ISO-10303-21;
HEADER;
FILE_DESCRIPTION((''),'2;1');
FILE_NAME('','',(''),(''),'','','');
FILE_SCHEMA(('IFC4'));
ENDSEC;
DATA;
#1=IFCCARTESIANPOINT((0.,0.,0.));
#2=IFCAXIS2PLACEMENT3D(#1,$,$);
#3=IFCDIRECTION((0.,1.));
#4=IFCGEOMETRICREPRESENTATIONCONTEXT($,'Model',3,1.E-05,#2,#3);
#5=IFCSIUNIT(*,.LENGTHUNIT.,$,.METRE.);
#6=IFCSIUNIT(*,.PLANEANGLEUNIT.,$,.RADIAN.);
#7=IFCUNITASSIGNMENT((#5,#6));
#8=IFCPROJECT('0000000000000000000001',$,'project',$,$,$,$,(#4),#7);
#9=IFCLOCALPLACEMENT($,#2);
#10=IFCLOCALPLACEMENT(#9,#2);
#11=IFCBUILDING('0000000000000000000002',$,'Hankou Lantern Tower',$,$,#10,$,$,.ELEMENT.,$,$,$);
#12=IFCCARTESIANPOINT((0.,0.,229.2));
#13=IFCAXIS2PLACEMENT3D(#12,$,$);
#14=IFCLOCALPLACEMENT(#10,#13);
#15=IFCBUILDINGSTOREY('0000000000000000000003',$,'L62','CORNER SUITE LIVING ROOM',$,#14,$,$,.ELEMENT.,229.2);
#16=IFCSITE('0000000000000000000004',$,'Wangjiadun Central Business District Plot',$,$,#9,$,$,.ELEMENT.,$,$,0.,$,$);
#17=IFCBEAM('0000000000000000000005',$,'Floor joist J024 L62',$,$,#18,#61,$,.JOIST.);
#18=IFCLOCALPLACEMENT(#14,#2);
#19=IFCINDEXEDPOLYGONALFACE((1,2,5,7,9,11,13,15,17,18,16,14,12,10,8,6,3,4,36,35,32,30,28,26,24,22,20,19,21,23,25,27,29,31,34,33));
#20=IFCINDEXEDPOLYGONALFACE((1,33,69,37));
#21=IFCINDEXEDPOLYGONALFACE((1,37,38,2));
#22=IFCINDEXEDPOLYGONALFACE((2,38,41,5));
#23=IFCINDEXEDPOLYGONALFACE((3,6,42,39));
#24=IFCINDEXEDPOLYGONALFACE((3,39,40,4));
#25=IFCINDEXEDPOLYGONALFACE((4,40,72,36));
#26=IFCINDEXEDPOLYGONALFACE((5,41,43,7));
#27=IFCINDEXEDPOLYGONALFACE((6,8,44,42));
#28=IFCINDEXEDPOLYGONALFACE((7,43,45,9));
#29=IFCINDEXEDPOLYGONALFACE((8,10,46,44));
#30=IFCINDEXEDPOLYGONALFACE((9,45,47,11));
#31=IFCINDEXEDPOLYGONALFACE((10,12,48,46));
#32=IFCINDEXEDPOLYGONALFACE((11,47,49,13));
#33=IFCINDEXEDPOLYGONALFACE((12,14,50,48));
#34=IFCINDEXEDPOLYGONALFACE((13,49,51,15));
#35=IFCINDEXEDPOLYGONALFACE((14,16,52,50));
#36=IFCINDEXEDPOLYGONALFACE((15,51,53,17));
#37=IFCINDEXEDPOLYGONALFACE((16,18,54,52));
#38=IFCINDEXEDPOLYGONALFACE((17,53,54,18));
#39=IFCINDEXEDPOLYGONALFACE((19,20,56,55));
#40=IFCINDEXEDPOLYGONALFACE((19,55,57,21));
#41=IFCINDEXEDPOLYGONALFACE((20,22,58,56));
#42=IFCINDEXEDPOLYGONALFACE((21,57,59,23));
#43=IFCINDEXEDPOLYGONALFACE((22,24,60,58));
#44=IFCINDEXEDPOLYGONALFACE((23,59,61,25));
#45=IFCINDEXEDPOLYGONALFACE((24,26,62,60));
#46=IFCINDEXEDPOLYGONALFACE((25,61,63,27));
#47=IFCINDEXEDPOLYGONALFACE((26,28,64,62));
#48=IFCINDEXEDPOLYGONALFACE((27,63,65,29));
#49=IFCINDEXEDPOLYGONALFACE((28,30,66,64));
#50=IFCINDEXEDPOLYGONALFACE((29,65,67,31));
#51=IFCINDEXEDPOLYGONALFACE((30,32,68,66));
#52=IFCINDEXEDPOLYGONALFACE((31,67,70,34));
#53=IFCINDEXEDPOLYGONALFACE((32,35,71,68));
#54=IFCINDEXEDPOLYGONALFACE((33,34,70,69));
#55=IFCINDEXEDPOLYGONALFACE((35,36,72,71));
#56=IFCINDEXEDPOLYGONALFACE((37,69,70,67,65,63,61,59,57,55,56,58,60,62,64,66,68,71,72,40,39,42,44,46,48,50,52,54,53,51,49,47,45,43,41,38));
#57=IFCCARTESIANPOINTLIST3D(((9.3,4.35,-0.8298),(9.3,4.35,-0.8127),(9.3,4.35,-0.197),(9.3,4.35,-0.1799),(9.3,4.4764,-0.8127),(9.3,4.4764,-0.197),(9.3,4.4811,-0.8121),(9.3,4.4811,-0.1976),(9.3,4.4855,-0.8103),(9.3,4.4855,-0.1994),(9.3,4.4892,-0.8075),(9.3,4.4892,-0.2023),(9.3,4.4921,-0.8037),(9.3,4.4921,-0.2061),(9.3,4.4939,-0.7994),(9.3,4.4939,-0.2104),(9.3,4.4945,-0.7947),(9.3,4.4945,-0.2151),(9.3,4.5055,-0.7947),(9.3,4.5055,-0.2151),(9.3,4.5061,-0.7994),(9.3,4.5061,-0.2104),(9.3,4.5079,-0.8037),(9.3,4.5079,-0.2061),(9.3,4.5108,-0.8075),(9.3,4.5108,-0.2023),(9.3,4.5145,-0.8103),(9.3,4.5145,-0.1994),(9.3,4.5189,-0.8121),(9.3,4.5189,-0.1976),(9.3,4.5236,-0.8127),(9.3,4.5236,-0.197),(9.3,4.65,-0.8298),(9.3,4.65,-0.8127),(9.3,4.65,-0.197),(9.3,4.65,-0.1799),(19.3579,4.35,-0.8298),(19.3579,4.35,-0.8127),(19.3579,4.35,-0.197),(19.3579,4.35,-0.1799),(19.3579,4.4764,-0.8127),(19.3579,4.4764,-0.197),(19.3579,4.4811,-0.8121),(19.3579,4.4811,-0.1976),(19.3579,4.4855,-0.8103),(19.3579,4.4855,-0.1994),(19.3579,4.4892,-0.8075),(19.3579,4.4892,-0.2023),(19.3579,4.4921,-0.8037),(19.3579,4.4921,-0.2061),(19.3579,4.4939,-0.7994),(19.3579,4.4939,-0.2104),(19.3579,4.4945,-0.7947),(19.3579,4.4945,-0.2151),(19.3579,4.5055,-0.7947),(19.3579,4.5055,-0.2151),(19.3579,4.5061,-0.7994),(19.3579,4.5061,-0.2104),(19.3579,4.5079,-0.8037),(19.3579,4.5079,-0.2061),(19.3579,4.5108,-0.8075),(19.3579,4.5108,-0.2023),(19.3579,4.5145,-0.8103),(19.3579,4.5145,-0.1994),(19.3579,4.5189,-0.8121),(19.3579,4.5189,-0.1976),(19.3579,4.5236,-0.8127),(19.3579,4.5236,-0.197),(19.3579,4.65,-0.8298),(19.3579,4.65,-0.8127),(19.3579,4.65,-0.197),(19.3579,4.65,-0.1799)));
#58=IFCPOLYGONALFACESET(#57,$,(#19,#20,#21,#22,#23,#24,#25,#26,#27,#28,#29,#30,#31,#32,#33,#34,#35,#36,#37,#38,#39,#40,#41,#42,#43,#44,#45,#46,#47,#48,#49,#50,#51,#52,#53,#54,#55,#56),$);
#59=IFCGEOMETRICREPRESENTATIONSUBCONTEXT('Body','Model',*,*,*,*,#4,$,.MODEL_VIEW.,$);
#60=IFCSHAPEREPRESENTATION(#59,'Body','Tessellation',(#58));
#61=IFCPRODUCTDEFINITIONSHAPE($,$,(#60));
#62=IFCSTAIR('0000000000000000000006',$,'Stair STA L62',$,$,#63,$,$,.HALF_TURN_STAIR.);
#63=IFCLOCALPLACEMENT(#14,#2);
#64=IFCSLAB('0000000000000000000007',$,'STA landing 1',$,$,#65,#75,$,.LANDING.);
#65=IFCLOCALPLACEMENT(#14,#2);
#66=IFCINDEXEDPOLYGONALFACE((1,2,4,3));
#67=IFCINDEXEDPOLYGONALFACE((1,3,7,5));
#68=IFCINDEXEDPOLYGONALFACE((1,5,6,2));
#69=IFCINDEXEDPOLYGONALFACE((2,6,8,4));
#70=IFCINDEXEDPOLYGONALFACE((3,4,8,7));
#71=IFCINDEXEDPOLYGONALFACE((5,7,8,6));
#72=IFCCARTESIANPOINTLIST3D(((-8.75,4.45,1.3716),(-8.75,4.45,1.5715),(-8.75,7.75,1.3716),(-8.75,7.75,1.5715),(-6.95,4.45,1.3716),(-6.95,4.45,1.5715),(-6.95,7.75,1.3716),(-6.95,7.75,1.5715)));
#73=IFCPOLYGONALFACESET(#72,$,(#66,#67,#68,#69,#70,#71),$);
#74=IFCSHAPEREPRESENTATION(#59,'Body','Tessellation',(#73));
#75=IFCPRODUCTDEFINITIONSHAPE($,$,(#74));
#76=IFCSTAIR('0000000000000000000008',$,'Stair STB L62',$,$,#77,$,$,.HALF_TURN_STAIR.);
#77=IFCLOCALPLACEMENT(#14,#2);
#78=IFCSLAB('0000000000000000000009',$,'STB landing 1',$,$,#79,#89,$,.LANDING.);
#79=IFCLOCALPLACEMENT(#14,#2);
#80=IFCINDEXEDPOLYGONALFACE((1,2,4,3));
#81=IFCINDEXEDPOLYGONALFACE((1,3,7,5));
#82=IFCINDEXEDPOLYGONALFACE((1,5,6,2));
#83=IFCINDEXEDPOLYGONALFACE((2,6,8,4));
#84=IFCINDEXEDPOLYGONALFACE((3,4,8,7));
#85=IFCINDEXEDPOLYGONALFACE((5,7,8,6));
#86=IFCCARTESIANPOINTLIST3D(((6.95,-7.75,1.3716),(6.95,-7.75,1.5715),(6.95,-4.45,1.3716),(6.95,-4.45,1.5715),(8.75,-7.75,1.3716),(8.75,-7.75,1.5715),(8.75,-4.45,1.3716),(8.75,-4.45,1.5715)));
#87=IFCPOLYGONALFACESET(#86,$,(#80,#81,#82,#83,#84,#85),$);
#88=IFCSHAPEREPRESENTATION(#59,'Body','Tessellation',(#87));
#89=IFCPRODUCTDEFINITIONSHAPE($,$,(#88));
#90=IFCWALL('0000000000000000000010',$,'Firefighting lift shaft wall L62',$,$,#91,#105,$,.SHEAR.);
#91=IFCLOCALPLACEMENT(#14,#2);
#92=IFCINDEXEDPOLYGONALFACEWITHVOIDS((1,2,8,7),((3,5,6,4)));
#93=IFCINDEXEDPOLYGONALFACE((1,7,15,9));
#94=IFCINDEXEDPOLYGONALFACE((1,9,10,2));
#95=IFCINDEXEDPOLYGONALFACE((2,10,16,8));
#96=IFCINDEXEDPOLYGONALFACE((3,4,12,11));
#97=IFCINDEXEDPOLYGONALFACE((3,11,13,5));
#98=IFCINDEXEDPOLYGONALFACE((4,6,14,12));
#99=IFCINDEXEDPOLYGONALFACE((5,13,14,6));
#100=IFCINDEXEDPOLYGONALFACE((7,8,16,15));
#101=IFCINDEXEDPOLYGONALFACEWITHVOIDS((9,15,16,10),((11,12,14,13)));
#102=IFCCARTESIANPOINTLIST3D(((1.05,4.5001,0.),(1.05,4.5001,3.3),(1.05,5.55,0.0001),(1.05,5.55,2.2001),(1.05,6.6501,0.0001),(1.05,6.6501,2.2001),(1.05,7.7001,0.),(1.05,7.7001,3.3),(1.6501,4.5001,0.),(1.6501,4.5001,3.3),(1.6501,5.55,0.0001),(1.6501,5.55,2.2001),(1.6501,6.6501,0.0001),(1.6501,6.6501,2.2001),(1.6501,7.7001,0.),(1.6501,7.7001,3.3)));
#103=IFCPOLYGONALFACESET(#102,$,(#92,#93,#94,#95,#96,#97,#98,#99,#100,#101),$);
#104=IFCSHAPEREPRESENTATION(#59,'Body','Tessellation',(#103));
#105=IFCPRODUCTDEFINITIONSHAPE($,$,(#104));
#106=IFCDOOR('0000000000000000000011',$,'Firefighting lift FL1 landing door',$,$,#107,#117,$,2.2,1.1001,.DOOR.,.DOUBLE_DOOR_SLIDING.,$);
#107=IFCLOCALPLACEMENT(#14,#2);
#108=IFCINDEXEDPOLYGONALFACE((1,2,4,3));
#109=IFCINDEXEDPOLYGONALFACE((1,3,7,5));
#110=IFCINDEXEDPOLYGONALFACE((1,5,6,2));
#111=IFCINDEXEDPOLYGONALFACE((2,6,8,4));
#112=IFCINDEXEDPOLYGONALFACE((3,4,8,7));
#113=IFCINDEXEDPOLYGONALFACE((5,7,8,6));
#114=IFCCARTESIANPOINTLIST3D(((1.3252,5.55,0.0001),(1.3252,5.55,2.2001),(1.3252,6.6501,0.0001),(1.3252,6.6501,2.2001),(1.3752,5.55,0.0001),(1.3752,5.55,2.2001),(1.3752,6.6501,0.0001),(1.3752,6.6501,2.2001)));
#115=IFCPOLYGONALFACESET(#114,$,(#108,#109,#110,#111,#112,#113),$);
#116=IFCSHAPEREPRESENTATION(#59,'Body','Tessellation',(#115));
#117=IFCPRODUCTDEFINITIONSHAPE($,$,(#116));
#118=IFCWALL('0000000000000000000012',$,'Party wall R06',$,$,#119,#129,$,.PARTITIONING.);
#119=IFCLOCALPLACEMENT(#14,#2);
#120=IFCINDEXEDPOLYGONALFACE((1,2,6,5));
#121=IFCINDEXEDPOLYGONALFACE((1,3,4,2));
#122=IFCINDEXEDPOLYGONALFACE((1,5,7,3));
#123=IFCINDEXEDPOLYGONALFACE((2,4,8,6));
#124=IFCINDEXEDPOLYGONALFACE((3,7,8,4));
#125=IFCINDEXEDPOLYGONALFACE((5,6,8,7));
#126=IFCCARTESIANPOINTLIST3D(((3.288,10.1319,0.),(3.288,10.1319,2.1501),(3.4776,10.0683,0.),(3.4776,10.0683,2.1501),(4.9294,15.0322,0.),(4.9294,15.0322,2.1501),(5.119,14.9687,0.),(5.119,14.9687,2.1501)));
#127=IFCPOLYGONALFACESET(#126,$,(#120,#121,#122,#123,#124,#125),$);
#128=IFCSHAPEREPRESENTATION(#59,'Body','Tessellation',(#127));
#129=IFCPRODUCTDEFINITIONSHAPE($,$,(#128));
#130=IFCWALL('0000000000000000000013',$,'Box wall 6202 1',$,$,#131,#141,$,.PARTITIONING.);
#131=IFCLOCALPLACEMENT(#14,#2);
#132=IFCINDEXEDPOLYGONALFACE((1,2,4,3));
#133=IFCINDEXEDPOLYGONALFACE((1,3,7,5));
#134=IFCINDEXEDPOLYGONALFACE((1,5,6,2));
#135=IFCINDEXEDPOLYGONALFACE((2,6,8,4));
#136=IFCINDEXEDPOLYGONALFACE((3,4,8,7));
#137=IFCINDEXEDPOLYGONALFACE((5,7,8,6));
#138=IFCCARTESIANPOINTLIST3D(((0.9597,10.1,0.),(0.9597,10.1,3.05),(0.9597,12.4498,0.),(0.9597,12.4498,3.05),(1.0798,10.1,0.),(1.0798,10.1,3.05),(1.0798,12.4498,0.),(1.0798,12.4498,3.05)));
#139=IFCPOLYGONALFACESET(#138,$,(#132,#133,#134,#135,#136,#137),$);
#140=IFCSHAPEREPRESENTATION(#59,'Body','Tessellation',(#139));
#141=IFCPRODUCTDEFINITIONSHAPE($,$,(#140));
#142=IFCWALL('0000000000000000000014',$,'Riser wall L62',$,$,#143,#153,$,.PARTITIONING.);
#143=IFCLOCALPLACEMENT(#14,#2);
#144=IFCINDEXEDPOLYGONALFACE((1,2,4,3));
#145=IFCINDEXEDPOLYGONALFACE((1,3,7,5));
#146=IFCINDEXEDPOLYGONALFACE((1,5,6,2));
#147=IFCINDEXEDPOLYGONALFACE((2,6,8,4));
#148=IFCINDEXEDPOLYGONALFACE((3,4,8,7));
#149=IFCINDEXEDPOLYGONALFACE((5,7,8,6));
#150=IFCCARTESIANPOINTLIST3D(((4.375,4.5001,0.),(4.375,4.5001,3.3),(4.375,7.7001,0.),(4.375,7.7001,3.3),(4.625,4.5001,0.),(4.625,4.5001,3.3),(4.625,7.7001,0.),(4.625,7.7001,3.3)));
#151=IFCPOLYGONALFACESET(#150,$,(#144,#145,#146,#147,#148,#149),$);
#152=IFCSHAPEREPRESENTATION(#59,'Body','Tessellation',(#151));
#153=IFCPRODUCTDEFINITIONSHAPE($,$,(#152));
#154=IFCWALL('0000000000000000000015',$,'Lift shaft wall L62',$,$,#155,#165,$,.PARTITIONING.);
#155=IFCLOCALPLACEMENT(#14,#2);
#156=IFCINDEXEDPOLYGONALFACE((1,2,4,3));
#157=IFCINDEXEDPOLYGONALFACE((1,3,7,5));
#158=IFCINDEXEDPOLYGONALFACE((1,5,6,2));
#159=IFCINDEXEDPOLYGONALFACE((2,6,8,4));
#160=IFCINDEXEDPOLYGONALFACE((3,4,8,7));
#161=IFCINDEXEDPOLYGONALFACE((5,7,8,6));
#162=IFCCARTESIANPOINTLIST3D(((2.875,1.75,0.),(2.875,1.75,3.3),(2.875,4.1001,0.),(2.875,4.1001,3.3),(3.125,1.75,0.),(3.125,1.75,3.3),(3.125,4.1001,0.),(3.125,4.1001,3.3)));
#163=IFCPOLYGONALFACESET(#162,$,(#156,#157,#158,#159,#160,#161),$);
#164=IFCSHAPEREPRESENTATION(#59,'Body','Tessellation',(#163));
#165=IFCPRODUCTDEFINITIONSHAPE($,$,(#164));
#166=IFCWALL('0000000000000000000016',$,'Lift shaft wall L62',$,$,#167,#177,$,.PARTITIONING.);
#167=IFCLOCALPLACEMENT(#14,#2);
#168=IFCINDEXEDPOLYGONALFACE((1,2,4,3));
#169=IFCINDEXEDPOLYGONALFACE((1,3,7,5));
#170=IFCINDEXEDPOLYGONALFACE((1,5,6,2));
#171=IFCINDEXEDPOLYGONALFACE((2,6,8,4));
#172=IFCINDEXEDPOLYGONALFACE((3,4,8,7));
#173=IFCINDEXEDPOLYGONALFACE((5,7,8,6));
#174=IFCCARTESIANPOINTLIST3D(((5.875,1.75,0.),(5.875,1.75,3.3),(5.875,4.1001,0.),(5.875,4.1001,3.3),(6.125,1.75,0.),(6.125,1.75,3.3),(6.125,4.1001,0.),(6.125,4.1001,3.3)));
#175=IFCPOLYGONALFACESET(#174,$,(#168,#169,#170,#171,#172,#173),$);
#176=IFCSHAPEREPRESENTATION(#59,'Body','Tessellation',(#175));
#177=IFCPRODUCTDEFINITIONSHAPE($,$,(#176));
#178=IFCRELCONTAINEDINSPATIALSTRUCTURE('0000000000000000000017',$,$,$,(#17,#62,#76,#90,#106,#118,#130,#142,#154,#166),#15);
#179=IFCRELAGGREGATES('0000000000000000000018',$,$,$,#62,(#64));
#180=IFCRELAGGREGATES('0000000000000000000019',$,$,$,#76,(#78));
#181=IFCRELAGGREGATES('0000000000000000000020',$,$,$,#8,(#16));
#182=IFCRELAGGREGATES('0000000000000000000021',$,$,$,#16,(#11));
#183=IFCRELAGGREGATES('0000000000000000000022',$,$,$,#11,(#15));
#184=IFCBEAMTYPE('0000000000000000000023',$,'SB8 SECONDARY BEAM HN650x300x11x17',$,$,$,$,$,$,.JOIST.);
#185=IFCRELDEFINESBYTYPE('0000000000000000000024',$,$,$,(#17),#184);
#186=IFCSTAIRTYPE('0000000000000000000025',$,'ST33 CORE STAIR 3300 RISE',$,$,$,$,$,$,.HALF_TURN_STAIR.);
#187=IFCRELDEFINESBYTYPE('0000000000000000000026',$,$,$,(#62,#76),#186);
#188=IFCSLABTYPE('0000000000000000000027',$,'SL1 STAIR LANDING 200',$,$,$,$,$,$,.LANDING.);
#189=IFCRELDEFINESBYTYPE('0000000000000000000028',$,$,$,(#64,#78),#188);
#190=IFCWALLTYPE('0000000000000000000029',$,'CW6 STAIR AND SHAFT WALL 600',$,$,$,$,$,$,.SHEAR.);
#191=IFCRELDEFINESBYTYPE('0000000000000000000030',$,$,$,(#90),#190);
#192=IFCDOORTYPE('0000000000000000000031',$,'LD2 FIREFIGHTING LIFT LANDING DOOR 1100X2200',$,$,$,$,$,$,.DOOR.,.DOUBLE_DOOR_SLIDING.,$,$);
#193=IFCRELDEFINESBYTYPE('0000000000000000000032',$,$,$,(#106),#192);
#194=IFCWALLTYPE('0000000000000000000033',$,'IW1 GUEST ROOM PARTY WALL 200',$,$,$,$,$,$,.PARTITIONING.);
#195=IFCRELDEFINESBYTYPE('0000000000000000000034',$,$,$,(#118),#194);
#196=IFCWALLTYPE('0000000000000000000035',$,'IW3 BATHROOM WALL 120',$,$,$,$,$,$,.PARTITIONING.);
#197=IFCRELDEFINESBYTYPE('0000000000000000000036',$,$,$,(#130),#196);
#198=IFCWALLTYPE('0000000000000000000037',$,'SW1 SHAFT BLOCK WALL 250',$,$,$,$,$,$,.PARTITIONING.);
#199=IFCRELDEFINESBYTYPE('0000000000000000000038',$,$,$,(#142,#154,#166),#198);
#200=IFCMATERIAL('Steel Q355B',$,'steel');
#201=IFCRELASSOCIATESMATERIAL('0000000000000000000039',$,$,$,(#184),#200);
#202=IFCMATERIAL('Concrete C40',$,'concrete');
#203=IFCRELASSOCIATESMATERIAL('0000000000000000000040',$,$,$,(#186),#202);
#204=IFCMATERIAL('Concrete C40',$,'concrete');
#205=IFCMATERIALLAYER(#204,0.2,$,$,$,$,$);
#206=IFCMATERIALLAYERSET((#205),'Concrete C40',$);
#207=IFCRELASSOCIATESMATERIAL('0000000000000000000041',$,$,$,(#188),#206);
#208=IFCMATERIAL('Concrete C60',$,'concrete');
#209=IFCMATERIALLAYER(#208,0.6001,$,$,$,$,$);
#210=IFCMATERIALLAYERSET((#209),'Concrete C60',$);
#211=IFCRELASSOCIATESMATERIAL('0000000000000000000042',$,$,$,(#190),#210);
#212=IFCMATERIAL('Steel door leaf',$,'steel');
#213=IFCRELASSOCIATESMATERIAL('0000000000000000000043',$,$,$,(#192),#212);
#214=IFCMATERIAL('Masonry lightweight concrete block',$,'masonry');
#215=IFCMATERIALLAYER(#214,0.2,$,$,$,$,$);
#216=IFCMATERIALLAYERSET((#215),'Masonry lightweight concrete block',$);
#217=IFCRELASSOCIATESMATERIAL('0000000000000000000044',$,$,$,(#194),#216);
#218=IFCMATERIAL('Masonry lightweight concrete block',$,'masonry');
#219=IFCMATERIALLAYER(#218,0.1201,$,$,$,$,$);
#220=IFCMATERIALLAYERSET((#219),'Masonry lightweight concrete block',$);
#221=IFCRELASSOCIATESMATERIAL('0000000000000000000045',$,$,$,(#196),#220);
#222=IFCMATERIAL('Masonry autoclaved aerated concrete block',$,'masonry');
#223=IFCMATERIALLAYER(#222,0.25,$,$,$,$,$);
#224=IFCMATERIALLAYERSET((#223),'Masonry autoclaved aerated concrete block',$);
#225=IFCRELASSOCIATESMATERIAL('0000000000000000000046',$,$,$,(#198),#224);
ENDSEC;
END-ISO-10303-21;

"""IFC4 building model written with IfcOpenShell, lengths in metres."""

from ifc_helpers import new_model, si_unit, direction, frame, frame_2d, origin, origin_2d, place, context, subcontext, project, spatial, polyline, rectangle, i_section, outline, extrude, material, layer, layer_set, material_profile, profile_set, type_object, element, fill, aggregate, save


model = new_model("IFC4")

# Units and contexts
model_context = context("Model", 3, precision=1e-05, world=origin(), true_north=direction((0.0, 1.0)))
body_context = subcontext(model_context, "Body", "Model", "MODEL_VIEW")
ifc_project = project(units=[si_unit("LENGTHUNIT", "METRE"), si_unit("PLANEANGLEUNIT", "RADIAN")], contexts=[model_context])

# Site, building, storey
site_placement = place(None, origin())
site = spatial("IfcSite", under=ifc_project, at=site_placement, Name="Wangjiadun Central Business District Plot", CompositionType="ELEMENT", RefElevation=0.0)
building_placement = place(site_placement, origin())
building = spatial("IfcBuilding", under=site, at=building_placement, Name="Hankou Lantern Tower", CompositionType="ELEMENT")
storey_placement = place(building_placement, frame((0.0, 0.0, 229.2)))
storey = spatial("IfcBuildingStorey", under=building, at=storey_placement, Name="L62", Description="CORNER SUITE LIVING ROOM", CompositionType="ELEMENT", Elevation=229.2)

# Beam
ifc_material_1 = material(Name="Steel Q355B", Category="steel")
ifc_material_profile_1 = material_profile(ifc_material_1, i_section(OverallWidth=0.3, OverallDepth=0.6499, WebThickness=0.011, FlangeThickness=0.0171, FilletRadius=0.0181, at=origin_2d()), Name="HN650x300x11x17")
ifc_profile_set_1 = profile_set([ifc_material_profile_1], Name="Steel Q355B")
beam_type_1 = type_object("IfcBeamType", Name="SB8 SECONDARY BEAM HN650x300x11x17", PredefinedType="JOIST", material=ifc_profile_set_1)
beam_1_placement = place(storey_placement, frame((9.3, 4.5, -0.5049), z_axis=(1.0, 0.0, 0.0), x_axis=(0.0, 1.0, 0.0)))
element("IfcBeam", 1, at=beam_1_placement, inside=storey, type_object=beam_type_1, Name="Floor joist J024 L62", PredefinedType="JOIST", context=body_context, shape_type="SweptSolid", body=[
    extrude(i_section(OverallWidth=0.3, OverallDepth=0.6499, WebThickness=0.011, FlangeThickness=0.0171, FilletRadius=0.0181, at=origin_2d()), origin(), (0.0, 0.0, 1.0), 10.0579),
])

# Stairs, slabs
ifc_material_2 = material(Name="Concrete C40", Category="concrete")
stair_type = type_object("IfcStairType", Name="ST33 CORE STAIR 3300 RISE", PredefinedType="HALF_TURN_STAIR", material=ifc_material_2)
stair_1_placement = place(storey_placement, origin())
stair_1 = element("IfcStair", 2, at=stair_1_placement, inside=storey, type_object=stair_type, Name="Stair STA L62", PredefinedType="HALF_TURN_STAIR")
ifc_material_3 = material(Name="Concrete C40", Category="concrete")
ifc_layer_1 = layer(ifc_material_3, 0.2)
ifc_layer_set_1 = layer_set([ifc_layer_1], Name="Concrete C40")
slab_type = type_object("IfcSlabType", Name="SL1 STAIR LANDING 200", PredefinedType="LANDING", material=ifc_layer_set_1)
slab_1_placement = place(storey_placement, frame((0.0, 0.0, 1.3716)))
slab_1 = element("IfcSlab", 3, at=slab_1_placement, type_object=slab_type, Name="STA landing 1", PredefinedType="LANDING", context=body_context, shape_type="SweptSolid", body=[
    extrude(outline(polyline([(-8.75, 4.45), (-6.95, 4.45), (-6.95, 7.75), (-8.75, 7.75), (-8.75, 4.45)])), origin(), (0.0, 0.0, 1.0), 0.2),
])
aggregate(stair_1, [slab_1])
stair_2_placement = place(storey_placement, origin())
stair_2 = element("IfcStair", 4, at=stair_2_placement, inside=storey, type_object=stair_type, Name="Stair STB L62", PredefinedType="HALF_TURN_STAIR")
slab_2_placement = place(storey_placement, frame((0.0, 0.0, 1.3716)))
slab_2 = element("IfcSlab", 5, at=slab_2_placement, type_object=slab_type, Name="STB landing 1", PredefinedType="LANDING", context=body_context, shape_type="SweptSolid", body=[
    extrude(outline(polyline([(8.75, -4.45), (6.95, -4.45), (6.95, -7.75), (8.75, -7.75), (8.75, -4.45)])), origin(), (0.0, 0.0, 1.0), 0.2),
])
aggregate(stair_2, [slab_2])

# Wall, opening, door
ifc_material_4 = material(Name="Concrete C60", Category="concrete")
ifc_layer_2 = layer(ifc_material_4, 0.6001)
ifc_layer_set_2 = layer_set([ifc_layer_2], Name="Concrete C60")
wall_type_1 = type_object("IfcWallType", Name="CW6 STAIR AND SHAFT WALL 600", PredefinedType="SHEAR", material=ifc_layer_set_2)
wall_1_placement = place(storey_placement, frame((1.3501, 4.5, 0.0), z_axis=(0.0, 0.0, 1.0), x_axis=(0.0, 1.0, 0.0)))
wall_1 = element("IfcWall", 6, at=wall_1_placement, inside=storey, type_object=wall_type_1, Name="Firefighting lift shaft wall L62", PredefinedType="SHEAR", context=body_context, shape_type="SweptSolid", body=[
    extrude(rectangle(XDim=3.2, YDim=0.6001, at=frame_2d((1.6001, 0.0))), origin(), (0.0, 0.0, 1.0), 3.3),
])
opening_placement = place(wall_1_placement, frame((1.05, 0.0, 0.0)))
opening = element("IfcOpeningElement", 7, at=opening_placement, cuts=wall_1, PredefinedType="OPENING", context=body_context, shape_type="SweptSolid", body=[
    extrude(rectangle(XDim=1.1001, YDim=2.2, at=frame_2d((0.55, 1.1001))), frame((0.0, 0.3101, 0.0), z_axis=(0.0, -1.0, 0.0), x_axis=(1.0, 0.0, 0.0)), (0.0, 0.0, 1.0), 0.6201),
])
ifc_material_5 = material(Name="Steel door leaf", Category="steel")
door_type = type_object("IfcDoorType", Name="LD2 FIREFIGHTING LIFT LANDING DOOR 1100X2200", OperationType="DOUBLE_DOOR_SLIDING", PredefinedType="DOOR", material=ifc_material_5)
door_placement = place(opening_placement, origin())
door = element("IfcDoor", 8, at=door_placement, inside=storey, type_object=door_type, Name="Firefighting lift FL1 landing door", OperationType="DOUBLE_DOOR_SLIDING", OverallHeight=2.2, OverallWidth=1.1001, PredefinedType="DOOR", context=body_context, shape_type="SweptSolid", body=[
    extrude(rectangle(XDim=1.1001, YDim=2.2, at=frame_2d((0.55, 1.1001))), frame((0.0, 0.0249, 0.0), z_axis=(0.0, -1.0, 0.0), x_axis=(1.0, 0.0, 0.0)), (0.0, 0.0, 1.0), 0.05),
])
fill(opening, door)

# Walls
ifc_material_6 = material(Name="Masonry lightweight concrete block", Category="masonry")
ifc_layer_3 = layer(ifc_material_6, 0.2)
ifc_layer_set_3 = layer_set([ifc_layer_3], Name="Masonry lightweight concrete block")
wall_type_2 = type_object("IfcWallType", Name="IW1 GUEST ROOM PARTY WALL 200", PredefinedType="PARTITIONING", material=ifc_layer_set_3)
wall_2_placement = place(storey_placement, frame((3.3828, 10.1001, 0.0), z_axis=(0.0, 0.0, 1.0), x_axis=(0.317602, 0.948224, 0.0)))
element("IfcWall", 9, at=wall_2_placement, inside=storey, type_object=wall_type_2, Name="Party wall R06", PredefinedType="PARTITIONING", context=body_context, shape_type="SweptSolid", body=[
    extrude(rectangle(XDim=5.168, YDim=0.2, at=frame_2d((2.584, 0.0))), origin(), (0.0, 0.0, 1.0), 2.1501),
])
ifc_material_7 = material(Name="Masonry lightweight concrete block", Category="masonry")
ifc_layer_4 = layer(ifc_material_7, 0.1201)
ifc_layer_set_4 = layer_set([ifc_layer_4], Name="Masonry lightweight concrete block")
wall_type_3 = type_object("IfcWallType", Name="IW3 BATHROOM WALL 120", PredefinedType="PARTITIONING", material=ifc_layer_set_4)
wall_3_placement = place(storey_placement, frame((1.0198, 10.1001, 0.0), z_axis=(0.0, 0.0, 1.0), x_axis=(0.0, 1.0, 0.0)))
element("IfcWall", 10, at=wall_3_placement, inside=storey, type_object=wall_type_3, Name="Box wall 6202 1", PredefinedType="PARTITIONING", context=body_context, shape_type="SweptSolid", body=[
    extrude(rectangle(XDim=2.3499, YDim=0.1201, at=frame_2d((1.1748, 0.0))), origin(), (0.0, 0.0, 1.0), 3.05),
])
ifc_material_8 = material(Name="Masonry autoclaved aerated concrete block", Category="masonry")
ifc_layer_5 = layer(ifc_material_8, 0.25)
ifc_layer_set_5 = layer_set([ifc_layer_5], Name="Masonry autoclaved aerated concrete block")
wall_type_4 = type_object("IfcWallType", Name="SW1 SHAFT BLOCK WALL 250", PredefinedType="PARTITIONING", material=ifc_layer_set_5)
wall_4_placement = place(storey_placement, frame((4.5, 4.5, 0.0), z_axis=(0.0, 0.0, 1.0), x_axis=(0.0, 1.0, 0.0)))
element("IfcWall", 11, at=wall_4_placement, inside=storey, type_object=wall_type_4, Name="Riser wall L62", PredefinedType="PARTITIONING", context=body_context, shape_type="SweptSolid", body=[
    extrude(rectangle(XDim=3.2, YDim=0.25, at=frame_2d((1.6001, 0.0))), origin(), (0.0, 0.0, 1.0), 3.3),
])
for number, where, z_axis, x_axis, name in (
    (12, (3.0, 1.75, 0.0), (0.0, 0.0, 1.0), (0.0, 1.0, 0.0), "Lift shaft wall L62"),
    (13, (6.0, 1.75, 0.0), (0.0, 0.0, 1.0), (0.0, 1.0, 0.0), "Lift shaft wall L62"),
):
    element("IfcWall", number, at=place(storey_placement, frame(where, z_axis=z_axis, x_axis=x_axis)), inside=storey, type_object=wall_type_4, Name=name, PredefinedType="PARTITIONING", context=body_context, shape_type="SweptSolid", body=[
        extrude(rectangle(XDim=2.3501, YDim=0.25, at=frame_2d((1.175, 0.0))), origin(), (0.0, 0.0, 1.0), 3.3),
    ])

save(model, "model.ifc")
